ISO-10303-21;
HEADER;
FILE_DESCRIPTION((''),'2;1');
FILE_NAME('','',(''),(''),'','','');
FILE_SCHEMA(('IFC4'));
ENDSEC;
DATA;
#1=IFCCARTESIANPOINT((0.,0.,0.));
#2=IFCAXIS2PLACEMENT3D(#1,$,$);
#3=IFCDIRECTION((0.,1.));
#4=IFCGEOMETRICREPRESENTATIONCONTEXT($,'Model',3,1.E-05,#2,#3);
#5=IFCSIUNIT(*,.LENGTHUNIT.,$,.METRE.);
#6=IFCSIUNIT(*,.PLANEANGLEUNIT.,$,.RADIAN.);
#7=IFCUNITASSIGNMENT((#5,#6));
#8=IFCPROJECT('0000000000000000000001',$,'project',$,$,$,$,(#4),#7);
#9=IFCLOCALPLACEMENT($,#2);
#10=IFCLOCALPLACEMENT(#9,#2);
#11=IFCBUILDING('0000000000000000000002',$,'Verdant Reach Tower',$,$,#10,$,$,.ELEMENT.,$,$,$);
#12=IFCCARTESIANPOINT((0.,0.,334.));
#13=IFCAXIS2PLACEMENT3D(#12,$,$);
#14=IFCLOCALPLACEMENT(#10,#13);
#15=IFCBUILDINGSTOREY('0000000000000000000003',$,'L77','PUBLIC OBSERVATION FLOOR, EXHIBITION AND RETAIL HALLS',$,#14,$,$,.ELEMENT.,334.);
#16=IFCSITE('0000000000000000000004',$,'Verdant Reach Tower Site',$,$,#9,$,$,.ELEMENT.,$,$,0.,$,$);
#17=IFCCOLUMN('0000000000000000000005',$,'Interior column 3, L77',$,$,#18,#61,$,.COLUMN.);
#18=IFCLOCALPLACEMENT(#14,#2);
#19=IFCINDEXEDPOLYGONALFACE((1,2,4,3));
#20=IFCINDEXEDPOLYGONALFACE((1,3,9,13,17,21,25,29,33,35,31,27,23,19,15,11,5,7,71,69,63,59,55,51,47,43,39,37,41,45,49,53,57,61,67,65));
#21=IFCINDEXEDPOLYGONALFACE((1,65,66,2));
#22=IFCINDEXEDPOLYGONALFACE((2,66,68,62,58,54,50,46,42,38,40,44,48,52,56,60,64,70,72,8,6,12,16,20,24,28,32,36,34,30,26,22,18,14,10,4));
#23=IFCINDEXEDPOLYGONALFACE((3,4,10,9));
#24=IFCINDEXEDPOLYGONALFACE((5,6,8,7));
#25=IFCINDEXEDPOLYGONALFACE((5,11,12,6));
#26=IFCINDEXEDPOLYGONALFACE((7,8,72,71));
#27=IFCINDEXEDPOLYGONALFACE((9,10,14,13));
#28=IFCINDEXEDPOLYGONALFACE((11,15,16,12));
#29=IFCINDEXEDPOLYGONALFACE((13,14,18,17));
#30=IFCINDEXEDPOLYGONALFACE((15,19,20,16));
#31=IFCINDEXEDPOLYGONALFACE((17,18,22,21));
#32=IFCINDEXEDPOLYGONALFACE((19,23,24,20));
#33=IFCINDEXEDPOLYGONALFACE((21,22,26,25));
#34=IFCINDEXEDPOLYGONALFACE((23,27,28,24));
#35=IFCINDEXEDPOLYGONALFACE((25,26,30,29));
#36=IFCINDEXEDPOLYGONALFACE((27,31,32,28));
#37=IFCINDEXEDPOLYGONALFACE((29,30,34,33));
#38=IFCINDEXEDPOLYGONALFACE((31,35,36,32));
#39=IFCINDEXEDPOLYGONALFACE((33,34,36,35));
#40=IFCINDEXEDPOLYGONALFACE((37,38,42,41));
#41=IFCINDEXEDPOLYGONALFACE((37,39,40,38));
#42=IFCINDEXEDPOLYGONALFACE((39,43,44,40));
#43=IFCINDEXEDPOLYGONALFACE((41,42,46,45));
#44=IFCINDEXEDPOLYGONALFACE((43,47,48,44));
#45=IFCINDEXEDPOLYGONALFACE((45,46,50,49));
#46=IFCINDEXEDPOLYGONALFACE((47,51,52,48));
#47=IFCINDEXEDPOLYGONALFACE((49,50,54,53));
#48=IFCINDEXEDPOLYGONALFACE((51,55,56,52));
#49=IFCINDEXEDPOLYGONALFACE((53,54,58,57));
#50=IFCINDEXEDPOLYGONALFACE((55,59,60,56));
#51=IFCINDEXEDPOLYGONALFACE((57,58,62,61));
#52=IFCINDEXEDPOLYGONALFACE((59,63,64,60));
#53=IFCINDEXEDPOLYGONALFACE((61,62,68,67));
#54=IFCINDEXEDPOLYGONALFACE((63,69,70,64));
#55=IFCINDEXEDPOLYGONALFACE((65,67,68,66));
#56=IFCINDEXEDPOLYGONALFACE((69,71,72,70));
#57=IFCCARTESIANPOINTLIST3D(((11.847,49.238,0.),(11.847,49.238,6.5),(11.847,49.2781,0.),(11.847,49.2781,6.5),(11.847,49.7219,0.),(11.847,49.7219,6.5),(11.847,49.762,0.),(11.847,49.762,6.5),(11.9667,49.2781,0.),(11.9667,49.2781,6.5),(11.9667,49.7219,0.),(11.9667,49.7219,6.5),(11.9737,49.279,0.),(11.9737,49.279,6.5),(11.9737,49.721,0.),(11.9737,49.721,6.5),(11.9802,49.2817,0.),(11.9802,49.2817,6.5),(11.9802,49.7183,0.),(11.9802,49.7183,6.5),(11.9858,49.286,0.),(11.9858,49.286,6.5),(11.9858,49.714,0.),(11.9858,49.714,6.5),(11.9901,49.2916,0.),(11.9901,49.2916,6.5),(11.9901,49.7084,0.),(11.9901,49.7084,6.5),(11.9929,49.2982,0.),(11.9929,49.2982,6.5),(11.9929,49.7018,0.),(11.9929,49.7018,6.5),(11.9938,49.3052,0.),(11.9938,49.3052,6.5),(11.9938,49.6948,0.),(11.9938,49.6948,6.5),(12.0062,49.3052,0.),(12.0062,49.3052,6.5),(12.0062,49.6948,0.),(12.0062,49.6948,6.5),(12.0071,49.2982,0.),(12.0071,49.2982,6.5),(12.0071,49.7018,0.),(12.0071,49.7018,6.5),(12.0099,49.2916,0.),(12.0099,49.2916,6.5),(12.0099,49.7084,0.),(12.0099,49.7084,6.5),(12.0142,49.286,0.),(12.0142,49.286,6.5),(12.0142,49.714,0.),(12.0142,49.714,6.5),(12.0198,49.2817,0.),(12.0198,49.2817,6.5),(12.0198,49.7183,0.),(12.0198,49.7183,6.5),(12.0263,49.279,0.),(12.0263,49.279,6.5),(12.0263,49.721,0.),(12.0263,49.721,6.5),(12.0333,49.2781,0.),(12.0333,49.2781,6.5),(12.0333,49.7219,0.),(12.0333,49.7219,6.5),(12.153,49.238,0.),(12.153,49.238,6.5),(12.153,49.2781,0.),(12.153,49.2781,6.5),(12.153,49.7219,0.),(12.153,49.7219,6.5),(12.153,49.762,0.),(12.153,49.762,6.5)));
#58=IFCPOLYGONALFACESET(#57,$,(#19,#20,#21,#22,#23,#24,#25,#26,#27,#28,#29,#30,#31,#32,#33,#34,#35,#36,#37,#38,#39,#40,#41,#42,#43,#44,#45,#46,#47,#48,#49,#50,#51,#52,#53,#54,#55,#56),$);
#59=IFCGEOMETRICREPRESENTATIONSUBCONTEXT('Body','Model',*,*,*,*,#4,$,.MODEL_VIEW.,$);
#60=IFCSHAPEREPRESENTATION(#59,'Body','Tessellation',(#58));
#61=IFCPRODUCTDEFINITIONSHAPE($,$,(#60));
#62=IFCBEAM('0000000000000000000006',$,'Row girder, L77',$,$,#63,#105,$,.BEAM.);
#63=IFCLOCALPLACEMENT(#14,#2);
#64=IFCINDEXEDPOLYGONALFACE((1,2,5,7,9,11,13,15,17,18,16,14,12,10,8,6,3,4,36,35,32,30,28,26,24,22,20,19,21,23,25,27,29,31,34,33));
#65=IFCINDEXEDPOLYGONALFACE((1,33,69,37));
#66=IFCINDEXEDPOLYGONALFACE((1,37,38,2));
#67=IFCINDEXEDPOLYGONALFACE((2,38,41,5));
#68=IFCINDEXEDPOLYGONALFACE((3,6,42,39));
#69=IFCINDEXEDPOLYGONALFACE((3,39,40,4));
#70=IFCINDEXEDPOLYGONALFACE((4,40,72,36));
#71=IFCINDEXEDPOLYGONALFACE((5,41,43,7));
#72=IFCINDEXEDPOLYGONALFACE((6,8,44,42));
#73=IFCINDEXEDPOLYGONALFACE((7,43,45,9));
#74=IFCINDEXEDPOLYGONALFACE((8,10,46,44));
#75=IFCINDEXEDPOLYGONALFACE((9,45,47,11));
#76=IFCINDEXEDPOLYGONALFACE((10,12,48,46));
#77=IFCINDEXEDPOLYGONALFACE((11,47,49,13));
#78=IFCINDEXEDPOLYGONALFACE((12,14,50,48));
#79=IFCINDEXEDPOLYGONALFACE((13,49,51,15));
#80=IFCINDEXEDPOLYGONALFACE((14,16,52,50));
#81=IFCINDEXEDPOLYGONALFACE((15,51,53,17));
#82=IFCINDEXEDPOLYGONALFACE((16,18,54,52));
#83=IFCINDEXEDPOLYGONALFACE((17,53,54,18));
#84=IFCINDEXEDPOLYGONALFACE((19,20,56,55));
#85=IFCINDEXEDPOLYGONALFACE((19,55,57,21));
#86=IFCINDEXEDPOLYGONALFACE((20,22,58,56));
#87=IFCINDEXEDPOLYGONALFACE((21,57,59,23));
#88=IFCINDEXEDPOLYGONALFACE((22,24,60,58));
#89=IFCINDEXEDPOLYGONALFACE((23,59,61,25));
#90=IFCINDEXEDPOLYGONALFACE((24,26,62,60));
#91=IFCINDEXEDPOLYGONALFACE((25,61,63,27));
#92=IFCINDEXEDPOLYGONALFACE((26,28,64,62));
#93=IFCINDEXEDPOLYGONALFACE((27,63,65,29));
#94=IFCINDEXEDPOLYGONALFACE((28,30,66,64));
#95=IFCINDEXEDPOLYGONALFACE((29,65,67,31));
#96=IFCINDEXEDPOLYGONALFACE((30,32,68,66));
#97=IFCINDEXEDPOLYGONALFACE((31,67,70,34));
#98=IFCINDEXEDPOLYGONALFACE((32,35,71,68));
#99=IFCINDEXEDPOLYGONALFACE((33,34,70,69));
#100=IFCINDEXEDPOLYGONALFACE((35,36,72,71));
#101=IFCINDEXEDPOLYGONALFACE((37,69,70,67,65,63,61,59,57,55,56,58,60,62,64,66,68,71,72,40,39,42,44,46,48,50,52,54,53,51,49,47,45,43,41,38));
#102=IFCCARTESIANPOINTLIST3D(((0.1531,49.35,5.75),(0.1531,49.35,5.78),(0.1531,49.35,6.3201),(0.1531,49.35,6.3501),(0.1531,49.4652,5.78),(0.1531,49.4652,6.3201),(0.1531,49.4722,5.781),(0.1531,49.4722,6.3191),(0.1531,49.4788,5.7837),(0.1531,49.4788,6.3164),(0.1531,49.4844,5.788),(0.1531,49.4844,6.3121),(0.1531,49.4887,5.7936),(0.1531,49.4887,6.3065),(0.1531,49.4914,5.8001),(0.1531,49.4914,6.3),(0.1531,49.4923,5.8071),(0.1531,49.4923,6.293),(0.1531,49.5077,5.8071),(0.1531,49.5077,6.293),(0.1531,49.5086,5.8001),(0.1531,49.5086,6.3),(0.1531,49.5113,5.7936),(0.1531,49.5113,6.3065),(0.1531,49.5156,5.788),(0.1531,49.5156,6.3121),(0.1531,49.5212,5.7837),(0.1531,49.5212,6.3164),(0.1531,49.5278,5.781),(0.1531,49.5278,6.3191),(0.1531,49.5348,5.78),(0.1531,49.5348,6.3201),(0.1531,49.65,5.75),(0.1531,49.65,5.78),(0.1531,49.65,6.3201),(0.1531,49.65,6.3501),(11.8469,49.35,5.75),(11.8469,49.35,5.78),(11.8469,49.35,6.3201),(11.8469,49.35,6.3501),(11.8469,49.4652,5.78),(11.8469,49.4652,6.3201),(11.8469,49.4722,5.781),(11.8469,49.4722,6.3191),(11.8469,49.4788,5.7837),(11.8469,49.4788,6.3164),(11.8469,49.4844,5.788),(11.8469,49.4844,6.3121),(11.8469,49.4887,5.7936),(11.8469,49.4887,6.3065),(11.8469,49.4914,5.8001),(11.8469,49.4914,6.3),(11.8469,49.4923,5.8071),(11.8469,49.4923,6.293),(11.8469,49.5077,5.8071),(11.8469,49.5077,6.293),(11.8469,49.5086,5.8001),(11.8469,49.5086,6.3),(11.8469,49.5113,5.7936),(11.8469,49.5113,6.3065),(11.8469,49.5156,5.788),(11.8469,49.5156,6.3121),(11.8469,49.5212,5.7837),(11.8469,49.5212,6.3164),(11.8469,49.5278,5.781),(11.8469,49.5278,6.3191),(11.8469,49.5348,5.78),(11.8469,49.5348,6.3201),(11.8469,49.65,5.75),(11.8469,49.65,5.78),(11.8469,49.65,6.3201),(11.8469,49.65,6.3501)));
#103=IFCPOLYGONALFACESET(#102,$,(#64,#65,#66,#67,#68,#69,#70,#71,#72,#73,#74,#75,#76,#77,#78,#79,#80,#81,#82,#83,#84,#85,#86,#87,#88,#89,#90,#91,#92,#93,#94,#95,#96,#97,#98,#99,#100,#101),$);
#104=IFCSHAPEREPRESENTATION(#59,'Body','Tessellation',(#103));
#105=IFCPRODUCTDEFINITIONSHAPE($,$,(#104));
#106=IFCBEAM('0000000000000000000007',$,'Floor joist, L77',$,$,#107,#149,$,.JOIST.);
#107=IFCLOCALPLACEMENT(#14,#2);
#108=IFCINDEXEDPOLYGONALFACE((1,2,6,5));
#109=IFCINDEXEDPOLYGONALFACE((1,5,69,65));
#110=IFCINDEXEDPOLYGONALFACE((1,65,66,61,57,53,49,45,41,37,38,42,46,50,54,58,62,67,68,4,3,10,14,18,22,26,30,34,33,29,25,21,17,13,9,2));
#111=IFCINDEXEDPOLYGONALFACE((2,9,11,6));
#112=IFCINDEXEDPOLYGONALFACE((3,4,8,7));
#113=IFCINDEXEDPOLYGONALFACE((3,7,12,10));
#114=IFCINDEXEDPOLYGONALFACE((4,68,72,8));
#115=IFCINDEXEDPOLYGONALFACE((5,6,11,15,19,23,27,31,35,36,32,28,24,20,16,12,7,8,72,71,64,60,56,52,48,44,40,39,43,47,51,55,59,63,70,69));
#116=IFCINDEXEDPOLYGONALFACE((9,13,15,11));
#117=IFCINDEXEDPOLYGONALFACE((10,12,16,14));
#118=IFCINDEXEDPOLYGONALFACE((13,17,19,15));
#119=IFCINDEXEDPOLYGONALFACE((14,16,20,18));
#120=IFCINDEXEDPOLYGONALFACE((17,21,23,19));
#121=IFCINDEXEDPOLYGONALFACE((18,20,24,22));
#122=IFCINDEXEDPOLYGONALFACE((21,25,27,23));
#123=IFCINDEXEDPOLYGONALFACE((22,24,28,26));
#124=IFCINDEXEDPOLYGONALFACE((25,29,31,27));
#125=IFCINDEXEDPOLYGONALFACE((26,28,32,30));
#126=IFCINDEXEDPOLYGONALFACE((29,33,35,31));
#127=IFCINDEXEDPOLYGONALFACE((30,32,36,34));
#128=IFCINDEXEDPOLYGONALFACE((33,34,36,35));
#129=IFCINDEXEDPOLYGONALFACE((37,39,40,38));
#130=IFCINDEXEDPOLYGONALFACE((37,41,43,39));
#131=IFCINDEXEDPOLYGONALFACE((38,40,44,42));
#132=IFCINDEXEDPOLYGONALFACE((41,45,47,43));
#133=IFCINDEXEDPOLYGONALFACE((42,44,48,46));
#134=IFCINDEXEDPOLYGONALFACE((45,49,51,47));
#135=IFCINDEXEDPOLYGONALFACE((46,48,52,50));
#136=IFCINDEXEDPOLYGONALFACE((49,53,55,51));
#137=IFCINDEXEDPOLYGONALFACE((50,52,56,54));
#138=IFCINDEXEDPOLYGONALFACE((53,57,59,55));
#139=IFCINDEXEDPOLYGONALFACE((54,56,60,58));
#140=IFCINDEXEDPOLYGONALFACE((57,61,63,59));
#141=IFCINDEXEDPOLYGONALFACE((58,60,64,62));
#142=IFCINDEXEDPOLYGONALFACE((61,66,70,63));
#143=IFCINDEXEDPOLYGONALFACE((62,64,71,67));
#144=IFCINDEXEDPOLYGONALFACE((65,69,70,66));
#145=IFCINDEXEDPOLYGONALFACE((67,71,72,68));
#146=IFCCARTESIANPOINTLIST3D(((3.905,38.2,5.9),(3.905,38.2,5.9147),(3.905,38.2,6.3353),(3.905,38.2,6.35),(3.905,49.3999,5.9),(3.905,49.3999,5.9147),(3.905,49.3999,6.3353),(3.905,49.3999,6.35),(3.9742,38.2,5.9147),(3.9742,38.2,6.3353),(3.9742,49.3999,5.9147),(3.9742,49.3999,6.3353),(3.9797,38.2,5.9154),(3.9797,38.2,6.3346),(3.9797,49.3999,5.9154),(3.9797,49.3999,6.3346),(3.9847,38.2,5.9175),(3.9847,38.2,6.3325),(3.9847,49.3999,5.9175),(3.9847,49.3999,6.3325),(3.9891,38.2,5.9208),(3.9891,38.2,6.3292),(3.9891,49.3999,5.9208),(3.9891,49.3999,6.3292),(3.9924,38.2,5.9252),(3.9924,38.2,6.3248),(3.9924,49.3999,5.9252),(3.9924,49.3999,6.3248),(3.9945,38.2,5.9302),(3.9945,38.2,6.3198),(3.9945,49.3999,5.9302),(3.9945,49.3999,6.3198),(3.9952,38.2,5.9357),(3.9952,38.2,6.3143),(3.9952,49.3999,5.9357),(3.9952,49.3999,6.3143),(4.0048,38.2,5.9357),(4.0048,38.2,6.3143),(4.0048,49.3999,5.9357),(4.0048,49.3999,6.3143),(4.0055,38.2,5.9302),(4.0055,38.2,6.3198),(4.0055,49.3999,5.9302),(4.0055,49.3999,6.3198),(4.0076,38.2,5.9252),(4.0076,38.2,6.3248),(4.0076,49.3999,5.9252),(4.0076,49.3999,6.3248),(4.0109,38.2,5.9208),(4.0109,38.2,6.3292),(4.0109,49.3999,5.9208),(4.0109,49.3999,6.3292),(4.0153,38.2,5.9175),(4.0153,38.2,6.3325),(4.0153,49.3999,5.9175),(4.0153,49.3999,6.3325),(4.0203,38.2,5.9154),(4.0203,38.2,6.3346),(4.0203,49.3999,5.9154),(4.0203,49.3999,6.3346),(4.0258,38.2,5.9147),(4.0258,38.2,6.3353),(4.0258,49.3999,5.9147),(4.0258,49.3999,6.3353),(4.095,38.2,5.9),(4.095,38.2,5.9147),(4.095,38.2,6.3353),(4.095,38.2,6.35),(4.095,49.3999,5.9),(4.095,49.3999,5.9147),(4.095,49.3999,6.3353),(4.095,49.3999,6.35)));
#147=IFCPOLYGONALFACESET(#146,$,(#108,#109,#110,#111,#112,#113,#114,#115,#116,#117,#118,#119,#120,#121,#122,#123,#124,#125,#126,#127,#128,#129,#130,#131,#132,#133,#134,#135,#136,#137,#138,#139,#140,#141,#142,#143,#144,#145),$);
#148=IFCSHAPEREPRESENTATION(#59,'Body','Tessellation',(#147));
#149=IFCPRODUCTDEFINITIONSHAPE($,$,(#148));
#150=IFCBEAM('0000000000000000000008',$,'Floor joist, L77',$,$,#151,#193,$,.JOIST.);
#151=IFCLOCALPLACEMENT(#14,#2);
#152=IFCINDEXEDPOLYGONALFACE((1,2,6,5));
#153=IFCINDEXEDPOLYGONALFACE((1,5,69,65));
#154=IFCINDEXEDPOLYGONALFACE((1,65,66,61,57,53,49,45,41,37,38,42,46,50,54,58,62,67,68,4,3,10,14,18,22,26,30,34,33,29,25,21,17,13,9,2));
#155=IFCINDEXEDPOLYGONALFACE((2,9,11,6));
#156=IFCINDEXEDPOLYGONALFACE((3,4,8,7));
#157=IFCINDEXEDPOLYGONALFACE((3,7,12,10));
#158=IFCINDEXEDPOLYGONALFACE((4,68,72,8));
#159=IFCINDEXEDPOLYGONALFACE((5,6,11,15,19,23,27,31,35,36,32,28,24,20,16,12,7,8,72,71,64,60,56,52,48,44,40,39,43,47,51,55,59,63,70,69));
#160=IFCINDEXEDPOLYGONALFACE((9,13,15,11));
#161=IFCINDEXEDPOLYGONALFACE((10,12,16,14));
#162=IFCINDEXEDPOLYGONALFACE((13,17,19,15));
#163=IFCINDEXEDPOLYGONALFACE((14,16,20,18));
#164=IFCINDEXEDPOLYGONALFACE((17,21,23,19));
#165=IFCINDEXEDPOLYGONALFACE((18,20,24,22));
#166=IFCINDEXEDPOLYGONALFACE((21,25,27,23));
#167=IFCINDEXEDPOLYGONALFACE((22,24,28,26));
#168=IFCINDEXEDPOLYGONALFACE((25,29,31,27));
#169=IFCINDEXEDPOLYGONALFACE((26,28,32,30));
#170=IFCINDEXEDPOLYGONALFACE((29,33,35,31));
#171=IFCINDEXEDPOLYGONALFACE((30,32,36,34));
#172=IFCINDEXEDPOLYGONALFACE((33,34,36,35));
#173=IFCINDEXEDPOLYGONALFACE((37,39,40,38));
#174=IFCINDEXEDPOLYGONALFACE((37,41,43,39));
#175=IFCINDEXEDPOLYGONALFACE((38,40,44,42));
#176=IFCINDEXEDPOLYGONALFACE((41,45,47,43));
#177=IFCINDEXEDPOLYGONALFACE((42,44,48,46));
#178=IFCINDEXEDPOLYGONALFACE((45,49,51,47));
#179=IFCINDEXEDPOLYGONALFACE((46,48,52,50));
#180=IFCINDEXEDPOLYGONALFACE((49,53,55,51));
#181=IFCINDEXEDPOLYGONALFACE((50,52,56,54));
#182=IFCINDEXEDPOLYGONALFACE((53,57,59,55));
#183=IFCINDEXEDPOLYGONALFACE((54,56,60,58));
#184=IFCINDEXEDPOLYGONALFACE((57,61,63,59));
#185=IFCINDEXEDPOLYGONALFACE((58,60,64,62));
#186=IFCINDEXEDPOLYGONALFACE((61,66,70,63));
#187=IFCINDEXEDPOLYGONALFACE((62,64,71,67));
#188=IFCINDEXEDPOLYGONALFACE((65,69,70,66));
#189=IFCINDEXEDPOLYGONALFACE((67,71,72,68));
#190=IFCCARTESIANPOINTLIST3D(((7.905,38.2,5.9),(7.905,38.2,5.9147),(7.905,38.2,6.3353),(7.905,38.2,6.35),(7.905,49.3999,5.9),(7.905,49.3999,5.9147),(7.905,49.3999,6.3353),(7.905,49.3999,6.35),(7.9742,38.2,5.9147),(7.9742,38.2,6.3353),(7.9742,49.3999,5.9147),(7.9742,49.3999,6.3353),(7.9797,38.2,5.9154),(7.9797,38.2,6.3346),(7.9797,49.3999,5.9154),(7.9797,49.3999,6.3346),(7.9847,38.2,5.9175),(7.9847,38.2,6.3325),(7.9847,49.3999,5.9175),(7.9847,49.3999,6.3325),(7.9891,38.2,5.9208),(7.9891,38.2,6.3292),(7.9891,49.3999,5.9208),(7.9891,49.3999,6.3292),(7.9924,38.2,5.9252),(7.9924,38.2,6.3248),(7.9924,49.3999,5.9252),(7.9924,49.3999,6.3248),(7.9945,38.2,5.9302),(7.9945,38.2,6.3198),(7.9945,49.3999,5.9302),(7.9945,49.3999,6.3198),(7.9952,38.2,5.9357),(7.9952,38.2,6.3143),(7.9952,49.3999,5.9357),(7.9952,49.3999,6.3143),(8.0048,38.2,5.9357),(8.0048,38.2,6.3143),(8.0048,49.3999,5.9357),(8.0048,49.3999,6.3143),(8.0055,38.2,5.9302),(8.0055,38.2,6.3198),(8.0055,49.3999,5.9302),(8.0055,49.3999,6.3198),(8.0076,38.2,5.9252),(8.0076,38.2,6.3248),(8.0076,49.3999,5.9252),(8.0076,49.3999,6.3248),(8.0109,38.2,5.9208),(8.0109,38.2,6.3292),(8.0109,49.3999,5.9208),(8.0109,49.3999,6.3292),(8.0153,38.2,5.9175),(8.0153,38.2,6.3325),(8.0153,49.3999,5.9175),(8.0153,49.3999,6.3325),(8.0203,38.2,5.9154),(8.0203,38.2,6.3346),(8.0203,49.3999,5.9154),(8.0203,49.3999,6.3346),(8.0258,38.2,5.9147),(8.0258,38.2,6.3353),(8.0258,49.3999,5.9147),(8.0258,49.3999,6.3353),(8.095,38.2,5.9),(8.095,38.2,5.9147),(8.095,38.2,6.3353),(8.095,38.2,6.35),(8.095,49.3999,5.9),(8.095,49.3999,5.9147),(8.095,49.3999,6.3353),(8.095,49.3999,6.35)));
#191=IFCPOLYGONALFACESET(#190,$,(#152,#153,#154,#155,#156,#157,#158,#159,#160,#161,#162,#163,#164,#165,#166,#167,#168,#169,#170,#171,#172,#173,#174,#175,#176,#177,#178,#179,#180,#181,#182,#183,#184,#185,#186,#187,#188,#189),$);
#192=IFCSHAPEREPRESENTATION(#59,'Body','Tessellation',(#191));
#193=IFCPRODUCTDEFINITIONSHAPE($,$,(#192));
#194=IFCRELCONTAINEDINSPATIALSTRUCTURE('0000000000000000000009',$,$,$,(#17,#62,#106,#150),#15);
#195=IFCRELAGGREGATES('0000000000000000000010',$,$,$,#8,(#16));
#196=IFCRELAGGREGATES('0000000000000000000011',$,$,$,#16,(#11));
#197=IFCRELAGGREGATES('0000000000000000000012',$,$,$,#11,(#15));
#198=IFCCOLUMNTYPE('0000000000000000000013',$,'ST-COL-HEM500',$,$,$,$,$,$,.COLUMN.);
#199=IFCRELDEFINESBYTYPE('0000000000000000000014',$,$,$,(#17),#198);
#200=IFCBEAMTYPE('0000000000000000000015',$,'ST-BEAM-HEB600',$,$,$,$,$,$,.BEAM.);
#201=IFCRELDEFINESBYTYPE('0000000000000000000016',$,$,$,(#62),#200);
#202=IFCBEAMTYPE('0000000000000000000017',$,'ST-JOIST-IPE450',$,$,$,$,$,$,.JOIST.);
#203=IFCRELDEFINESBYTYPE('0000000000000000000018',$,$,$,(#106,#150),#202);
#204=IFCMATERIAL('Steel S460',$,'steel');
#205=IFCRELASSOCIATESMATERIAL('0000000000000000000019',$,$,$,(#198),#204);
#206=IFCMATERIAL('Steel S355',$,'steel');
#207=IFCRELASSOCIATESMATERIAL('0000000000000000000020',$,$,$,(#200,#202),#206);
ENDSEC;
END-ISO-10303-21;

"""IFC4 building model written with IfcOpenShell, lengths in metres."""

from ifc_helpers import new_model, si_unit, direction, frame, origin, origin_2d, place, context, subcontext, project, spatial, i_section, extrude, material, material_profile, profile_set, type_object, element, save


model = new_model("IFC4")

# Units and contexts
model_context = context("Model", 3, precision=1e-05, world=origin(), true_north=direction((0.0, 1.0)))
body_context = subcontext(model_context, "Body", "Model", "MODEL_VIEW")
ifc_project = project(units=[si_unit("LENGTHUNIT", "METRE"), si_unit("PLANEANGLEUNIT", "RADIAN")], contexts=[model_context])

# Site, building, storey
site_placement = place(None, origin())
site = spatial("IfcSite", under=ifc_project, at=site_placement, Name="Verdant Reach Tower Site", CompositionType="ELEMENT", RefElevation=0.0)
building_placement = place(site_placement, origin())
building = spatial("IfcBuilding", under=site, at=building_placement, Name="Verdant Reach Tower", CompositionType="ELEMENT")
storey_placement = place(building_placement, frame((0.0, 0.0, 334.0)))
storey = spatial("IfcBuildingStorey", under=building, at=storey_placement, Name="L77", Description="PUBLIC OBSERVATION FLOOR, EXHIBITION AND RETAIL HALLS", CompositionType="ELEMENT", Elevation=334.0)

# Column
ifc_material_1 = material(Name="Steel S460", Category="steel")
ifc_material_profile_1 = material_profile(ifc_material_1, i_section(OverallWidth=0.3059, OverallDepth=0.5239, WebThickness=0.0125, FlangeThickness=0.04, FilletRadius=0.0271, at=origin_2d()), Name="HEM 500")
ifc_profile_set_1 = profile_set([ifc_material_profile_1], Name="Steel S460")
column_type = type_object("IfcColumnType", Name="ST-COL-HEM500", PredefinedType="COLUMN", material=ifc_profile_set_1)
column_placement = place(storey_placement, frame((12.0, 49.5, 0.0), z_axis=(0.0, 0.0, 1.0), x_axis=(1.0, 0.0, 0.0)))
element("IfcColumn", 1, at=column_placement, inside=storey, type_object=column_type, Name="Interior column 3, L77", PredefinedType="COLUMN", context=body_context, shape_type="SweptSolid", body=[
    extrude(i_section(OverallWidth=0.3059, OverallDepth=0.5239, WebThickness=0.0125, FlangeThickness=0.04, FilletRadius=0.0271, at=origin_2d()), origin(), (0.0, 0.0, 1.0), 6.5),
])

# Beams
ifc_material_2 = material(Name="Steel S355", Category="steel")
ifc_material_profile_2 = material_profile(ifc_material_2, i_section(OverallWidth=0.3, OverallDepth=0.6001, WebThickness=0.0154, FlangeThickness=0.03, FilletRadius=0.0271, at=origin_2d()), Name="HEB 600")
ifc_profile_set_2 = profile_set([ifc_material_profile_2], Name="Steel S355")
beam_type_1 = type_object("IfcBeamType", Name="ST-BEAM-HEB600", PredefinedType="BEAM", material=ifc_profile_set_2)
beam_1_placement = place(storey_placement, frame((0.1531, 49.5, 6.05), z_axis=(1.0, 0.0, 0.0), x_axis=(0.0, 1.0, 0.0)))
element("IfcBeam", 2, at=beam_1_placement, inside=storey, type_object=beam_type_1, Name="Row girder, L77", PredefinedType="BEAM", context=body_context, shape_type="SweptSolid", body=[
    extrude(i_section(OverallWidth=0.3, OverallDepth=0.6001, WebThickness=0.0154, FlangeThickness=0.03, FilletRadius=0.0271, at=origin_2d()), origin(), (0.0, 0.0, 1.0), 11.6938),
])
ifc_material_profile_3 = material_profile(ifc_material_2, i_section(OverallWidth=0.1899, OverallDepth=0.45, WebThickness=0.0095, FlangeThickness=0.0146, FilletRadius=0.021, at=origin_2d()), Name="IPE 450")
ifc_profile_set_3 = profile_set([ifc_material_profile_3], Name="Steel S355")
beam_type_2 = type_object("IfcBeamType", Name="ST-JOIST-IPE450", PredefinedType="JOIST", material=ifc_profile_set_3)
for number, where, z_axis, x_axis, name in (
    (3, (4.0, 38.2, 6.125), (0.0, 1.0, 0.0), (-1.0, 0.0, 0.0), "Floor joist, L77"),
    (4, (8.0, 38.2, 6.125), (0.0, 1.0, 0.0), (-1.0, 0.0, 0.0), "Floor joist, L77"),
):
    element("IfcBeam", number, at=place(storey_placement, frame(where, z_axis=z_axis, x_axis=x_axis)), inside=storey, type_object=beam_type_2, Name=name, PredefinedType="JOIST", context=body_context, shape_type="SweptSolid", body=[
        extrude(i_section(OverallWidth=0.1899, OverallDepth=0.45, WebThickness=0.0095, FlangeThickness=0.0146, FilletRadius=0.021, at=origin_2d()), origin(), (0.0, 0.0, 1.0), 11.2),
    ])

save(model, "model.ifc")
